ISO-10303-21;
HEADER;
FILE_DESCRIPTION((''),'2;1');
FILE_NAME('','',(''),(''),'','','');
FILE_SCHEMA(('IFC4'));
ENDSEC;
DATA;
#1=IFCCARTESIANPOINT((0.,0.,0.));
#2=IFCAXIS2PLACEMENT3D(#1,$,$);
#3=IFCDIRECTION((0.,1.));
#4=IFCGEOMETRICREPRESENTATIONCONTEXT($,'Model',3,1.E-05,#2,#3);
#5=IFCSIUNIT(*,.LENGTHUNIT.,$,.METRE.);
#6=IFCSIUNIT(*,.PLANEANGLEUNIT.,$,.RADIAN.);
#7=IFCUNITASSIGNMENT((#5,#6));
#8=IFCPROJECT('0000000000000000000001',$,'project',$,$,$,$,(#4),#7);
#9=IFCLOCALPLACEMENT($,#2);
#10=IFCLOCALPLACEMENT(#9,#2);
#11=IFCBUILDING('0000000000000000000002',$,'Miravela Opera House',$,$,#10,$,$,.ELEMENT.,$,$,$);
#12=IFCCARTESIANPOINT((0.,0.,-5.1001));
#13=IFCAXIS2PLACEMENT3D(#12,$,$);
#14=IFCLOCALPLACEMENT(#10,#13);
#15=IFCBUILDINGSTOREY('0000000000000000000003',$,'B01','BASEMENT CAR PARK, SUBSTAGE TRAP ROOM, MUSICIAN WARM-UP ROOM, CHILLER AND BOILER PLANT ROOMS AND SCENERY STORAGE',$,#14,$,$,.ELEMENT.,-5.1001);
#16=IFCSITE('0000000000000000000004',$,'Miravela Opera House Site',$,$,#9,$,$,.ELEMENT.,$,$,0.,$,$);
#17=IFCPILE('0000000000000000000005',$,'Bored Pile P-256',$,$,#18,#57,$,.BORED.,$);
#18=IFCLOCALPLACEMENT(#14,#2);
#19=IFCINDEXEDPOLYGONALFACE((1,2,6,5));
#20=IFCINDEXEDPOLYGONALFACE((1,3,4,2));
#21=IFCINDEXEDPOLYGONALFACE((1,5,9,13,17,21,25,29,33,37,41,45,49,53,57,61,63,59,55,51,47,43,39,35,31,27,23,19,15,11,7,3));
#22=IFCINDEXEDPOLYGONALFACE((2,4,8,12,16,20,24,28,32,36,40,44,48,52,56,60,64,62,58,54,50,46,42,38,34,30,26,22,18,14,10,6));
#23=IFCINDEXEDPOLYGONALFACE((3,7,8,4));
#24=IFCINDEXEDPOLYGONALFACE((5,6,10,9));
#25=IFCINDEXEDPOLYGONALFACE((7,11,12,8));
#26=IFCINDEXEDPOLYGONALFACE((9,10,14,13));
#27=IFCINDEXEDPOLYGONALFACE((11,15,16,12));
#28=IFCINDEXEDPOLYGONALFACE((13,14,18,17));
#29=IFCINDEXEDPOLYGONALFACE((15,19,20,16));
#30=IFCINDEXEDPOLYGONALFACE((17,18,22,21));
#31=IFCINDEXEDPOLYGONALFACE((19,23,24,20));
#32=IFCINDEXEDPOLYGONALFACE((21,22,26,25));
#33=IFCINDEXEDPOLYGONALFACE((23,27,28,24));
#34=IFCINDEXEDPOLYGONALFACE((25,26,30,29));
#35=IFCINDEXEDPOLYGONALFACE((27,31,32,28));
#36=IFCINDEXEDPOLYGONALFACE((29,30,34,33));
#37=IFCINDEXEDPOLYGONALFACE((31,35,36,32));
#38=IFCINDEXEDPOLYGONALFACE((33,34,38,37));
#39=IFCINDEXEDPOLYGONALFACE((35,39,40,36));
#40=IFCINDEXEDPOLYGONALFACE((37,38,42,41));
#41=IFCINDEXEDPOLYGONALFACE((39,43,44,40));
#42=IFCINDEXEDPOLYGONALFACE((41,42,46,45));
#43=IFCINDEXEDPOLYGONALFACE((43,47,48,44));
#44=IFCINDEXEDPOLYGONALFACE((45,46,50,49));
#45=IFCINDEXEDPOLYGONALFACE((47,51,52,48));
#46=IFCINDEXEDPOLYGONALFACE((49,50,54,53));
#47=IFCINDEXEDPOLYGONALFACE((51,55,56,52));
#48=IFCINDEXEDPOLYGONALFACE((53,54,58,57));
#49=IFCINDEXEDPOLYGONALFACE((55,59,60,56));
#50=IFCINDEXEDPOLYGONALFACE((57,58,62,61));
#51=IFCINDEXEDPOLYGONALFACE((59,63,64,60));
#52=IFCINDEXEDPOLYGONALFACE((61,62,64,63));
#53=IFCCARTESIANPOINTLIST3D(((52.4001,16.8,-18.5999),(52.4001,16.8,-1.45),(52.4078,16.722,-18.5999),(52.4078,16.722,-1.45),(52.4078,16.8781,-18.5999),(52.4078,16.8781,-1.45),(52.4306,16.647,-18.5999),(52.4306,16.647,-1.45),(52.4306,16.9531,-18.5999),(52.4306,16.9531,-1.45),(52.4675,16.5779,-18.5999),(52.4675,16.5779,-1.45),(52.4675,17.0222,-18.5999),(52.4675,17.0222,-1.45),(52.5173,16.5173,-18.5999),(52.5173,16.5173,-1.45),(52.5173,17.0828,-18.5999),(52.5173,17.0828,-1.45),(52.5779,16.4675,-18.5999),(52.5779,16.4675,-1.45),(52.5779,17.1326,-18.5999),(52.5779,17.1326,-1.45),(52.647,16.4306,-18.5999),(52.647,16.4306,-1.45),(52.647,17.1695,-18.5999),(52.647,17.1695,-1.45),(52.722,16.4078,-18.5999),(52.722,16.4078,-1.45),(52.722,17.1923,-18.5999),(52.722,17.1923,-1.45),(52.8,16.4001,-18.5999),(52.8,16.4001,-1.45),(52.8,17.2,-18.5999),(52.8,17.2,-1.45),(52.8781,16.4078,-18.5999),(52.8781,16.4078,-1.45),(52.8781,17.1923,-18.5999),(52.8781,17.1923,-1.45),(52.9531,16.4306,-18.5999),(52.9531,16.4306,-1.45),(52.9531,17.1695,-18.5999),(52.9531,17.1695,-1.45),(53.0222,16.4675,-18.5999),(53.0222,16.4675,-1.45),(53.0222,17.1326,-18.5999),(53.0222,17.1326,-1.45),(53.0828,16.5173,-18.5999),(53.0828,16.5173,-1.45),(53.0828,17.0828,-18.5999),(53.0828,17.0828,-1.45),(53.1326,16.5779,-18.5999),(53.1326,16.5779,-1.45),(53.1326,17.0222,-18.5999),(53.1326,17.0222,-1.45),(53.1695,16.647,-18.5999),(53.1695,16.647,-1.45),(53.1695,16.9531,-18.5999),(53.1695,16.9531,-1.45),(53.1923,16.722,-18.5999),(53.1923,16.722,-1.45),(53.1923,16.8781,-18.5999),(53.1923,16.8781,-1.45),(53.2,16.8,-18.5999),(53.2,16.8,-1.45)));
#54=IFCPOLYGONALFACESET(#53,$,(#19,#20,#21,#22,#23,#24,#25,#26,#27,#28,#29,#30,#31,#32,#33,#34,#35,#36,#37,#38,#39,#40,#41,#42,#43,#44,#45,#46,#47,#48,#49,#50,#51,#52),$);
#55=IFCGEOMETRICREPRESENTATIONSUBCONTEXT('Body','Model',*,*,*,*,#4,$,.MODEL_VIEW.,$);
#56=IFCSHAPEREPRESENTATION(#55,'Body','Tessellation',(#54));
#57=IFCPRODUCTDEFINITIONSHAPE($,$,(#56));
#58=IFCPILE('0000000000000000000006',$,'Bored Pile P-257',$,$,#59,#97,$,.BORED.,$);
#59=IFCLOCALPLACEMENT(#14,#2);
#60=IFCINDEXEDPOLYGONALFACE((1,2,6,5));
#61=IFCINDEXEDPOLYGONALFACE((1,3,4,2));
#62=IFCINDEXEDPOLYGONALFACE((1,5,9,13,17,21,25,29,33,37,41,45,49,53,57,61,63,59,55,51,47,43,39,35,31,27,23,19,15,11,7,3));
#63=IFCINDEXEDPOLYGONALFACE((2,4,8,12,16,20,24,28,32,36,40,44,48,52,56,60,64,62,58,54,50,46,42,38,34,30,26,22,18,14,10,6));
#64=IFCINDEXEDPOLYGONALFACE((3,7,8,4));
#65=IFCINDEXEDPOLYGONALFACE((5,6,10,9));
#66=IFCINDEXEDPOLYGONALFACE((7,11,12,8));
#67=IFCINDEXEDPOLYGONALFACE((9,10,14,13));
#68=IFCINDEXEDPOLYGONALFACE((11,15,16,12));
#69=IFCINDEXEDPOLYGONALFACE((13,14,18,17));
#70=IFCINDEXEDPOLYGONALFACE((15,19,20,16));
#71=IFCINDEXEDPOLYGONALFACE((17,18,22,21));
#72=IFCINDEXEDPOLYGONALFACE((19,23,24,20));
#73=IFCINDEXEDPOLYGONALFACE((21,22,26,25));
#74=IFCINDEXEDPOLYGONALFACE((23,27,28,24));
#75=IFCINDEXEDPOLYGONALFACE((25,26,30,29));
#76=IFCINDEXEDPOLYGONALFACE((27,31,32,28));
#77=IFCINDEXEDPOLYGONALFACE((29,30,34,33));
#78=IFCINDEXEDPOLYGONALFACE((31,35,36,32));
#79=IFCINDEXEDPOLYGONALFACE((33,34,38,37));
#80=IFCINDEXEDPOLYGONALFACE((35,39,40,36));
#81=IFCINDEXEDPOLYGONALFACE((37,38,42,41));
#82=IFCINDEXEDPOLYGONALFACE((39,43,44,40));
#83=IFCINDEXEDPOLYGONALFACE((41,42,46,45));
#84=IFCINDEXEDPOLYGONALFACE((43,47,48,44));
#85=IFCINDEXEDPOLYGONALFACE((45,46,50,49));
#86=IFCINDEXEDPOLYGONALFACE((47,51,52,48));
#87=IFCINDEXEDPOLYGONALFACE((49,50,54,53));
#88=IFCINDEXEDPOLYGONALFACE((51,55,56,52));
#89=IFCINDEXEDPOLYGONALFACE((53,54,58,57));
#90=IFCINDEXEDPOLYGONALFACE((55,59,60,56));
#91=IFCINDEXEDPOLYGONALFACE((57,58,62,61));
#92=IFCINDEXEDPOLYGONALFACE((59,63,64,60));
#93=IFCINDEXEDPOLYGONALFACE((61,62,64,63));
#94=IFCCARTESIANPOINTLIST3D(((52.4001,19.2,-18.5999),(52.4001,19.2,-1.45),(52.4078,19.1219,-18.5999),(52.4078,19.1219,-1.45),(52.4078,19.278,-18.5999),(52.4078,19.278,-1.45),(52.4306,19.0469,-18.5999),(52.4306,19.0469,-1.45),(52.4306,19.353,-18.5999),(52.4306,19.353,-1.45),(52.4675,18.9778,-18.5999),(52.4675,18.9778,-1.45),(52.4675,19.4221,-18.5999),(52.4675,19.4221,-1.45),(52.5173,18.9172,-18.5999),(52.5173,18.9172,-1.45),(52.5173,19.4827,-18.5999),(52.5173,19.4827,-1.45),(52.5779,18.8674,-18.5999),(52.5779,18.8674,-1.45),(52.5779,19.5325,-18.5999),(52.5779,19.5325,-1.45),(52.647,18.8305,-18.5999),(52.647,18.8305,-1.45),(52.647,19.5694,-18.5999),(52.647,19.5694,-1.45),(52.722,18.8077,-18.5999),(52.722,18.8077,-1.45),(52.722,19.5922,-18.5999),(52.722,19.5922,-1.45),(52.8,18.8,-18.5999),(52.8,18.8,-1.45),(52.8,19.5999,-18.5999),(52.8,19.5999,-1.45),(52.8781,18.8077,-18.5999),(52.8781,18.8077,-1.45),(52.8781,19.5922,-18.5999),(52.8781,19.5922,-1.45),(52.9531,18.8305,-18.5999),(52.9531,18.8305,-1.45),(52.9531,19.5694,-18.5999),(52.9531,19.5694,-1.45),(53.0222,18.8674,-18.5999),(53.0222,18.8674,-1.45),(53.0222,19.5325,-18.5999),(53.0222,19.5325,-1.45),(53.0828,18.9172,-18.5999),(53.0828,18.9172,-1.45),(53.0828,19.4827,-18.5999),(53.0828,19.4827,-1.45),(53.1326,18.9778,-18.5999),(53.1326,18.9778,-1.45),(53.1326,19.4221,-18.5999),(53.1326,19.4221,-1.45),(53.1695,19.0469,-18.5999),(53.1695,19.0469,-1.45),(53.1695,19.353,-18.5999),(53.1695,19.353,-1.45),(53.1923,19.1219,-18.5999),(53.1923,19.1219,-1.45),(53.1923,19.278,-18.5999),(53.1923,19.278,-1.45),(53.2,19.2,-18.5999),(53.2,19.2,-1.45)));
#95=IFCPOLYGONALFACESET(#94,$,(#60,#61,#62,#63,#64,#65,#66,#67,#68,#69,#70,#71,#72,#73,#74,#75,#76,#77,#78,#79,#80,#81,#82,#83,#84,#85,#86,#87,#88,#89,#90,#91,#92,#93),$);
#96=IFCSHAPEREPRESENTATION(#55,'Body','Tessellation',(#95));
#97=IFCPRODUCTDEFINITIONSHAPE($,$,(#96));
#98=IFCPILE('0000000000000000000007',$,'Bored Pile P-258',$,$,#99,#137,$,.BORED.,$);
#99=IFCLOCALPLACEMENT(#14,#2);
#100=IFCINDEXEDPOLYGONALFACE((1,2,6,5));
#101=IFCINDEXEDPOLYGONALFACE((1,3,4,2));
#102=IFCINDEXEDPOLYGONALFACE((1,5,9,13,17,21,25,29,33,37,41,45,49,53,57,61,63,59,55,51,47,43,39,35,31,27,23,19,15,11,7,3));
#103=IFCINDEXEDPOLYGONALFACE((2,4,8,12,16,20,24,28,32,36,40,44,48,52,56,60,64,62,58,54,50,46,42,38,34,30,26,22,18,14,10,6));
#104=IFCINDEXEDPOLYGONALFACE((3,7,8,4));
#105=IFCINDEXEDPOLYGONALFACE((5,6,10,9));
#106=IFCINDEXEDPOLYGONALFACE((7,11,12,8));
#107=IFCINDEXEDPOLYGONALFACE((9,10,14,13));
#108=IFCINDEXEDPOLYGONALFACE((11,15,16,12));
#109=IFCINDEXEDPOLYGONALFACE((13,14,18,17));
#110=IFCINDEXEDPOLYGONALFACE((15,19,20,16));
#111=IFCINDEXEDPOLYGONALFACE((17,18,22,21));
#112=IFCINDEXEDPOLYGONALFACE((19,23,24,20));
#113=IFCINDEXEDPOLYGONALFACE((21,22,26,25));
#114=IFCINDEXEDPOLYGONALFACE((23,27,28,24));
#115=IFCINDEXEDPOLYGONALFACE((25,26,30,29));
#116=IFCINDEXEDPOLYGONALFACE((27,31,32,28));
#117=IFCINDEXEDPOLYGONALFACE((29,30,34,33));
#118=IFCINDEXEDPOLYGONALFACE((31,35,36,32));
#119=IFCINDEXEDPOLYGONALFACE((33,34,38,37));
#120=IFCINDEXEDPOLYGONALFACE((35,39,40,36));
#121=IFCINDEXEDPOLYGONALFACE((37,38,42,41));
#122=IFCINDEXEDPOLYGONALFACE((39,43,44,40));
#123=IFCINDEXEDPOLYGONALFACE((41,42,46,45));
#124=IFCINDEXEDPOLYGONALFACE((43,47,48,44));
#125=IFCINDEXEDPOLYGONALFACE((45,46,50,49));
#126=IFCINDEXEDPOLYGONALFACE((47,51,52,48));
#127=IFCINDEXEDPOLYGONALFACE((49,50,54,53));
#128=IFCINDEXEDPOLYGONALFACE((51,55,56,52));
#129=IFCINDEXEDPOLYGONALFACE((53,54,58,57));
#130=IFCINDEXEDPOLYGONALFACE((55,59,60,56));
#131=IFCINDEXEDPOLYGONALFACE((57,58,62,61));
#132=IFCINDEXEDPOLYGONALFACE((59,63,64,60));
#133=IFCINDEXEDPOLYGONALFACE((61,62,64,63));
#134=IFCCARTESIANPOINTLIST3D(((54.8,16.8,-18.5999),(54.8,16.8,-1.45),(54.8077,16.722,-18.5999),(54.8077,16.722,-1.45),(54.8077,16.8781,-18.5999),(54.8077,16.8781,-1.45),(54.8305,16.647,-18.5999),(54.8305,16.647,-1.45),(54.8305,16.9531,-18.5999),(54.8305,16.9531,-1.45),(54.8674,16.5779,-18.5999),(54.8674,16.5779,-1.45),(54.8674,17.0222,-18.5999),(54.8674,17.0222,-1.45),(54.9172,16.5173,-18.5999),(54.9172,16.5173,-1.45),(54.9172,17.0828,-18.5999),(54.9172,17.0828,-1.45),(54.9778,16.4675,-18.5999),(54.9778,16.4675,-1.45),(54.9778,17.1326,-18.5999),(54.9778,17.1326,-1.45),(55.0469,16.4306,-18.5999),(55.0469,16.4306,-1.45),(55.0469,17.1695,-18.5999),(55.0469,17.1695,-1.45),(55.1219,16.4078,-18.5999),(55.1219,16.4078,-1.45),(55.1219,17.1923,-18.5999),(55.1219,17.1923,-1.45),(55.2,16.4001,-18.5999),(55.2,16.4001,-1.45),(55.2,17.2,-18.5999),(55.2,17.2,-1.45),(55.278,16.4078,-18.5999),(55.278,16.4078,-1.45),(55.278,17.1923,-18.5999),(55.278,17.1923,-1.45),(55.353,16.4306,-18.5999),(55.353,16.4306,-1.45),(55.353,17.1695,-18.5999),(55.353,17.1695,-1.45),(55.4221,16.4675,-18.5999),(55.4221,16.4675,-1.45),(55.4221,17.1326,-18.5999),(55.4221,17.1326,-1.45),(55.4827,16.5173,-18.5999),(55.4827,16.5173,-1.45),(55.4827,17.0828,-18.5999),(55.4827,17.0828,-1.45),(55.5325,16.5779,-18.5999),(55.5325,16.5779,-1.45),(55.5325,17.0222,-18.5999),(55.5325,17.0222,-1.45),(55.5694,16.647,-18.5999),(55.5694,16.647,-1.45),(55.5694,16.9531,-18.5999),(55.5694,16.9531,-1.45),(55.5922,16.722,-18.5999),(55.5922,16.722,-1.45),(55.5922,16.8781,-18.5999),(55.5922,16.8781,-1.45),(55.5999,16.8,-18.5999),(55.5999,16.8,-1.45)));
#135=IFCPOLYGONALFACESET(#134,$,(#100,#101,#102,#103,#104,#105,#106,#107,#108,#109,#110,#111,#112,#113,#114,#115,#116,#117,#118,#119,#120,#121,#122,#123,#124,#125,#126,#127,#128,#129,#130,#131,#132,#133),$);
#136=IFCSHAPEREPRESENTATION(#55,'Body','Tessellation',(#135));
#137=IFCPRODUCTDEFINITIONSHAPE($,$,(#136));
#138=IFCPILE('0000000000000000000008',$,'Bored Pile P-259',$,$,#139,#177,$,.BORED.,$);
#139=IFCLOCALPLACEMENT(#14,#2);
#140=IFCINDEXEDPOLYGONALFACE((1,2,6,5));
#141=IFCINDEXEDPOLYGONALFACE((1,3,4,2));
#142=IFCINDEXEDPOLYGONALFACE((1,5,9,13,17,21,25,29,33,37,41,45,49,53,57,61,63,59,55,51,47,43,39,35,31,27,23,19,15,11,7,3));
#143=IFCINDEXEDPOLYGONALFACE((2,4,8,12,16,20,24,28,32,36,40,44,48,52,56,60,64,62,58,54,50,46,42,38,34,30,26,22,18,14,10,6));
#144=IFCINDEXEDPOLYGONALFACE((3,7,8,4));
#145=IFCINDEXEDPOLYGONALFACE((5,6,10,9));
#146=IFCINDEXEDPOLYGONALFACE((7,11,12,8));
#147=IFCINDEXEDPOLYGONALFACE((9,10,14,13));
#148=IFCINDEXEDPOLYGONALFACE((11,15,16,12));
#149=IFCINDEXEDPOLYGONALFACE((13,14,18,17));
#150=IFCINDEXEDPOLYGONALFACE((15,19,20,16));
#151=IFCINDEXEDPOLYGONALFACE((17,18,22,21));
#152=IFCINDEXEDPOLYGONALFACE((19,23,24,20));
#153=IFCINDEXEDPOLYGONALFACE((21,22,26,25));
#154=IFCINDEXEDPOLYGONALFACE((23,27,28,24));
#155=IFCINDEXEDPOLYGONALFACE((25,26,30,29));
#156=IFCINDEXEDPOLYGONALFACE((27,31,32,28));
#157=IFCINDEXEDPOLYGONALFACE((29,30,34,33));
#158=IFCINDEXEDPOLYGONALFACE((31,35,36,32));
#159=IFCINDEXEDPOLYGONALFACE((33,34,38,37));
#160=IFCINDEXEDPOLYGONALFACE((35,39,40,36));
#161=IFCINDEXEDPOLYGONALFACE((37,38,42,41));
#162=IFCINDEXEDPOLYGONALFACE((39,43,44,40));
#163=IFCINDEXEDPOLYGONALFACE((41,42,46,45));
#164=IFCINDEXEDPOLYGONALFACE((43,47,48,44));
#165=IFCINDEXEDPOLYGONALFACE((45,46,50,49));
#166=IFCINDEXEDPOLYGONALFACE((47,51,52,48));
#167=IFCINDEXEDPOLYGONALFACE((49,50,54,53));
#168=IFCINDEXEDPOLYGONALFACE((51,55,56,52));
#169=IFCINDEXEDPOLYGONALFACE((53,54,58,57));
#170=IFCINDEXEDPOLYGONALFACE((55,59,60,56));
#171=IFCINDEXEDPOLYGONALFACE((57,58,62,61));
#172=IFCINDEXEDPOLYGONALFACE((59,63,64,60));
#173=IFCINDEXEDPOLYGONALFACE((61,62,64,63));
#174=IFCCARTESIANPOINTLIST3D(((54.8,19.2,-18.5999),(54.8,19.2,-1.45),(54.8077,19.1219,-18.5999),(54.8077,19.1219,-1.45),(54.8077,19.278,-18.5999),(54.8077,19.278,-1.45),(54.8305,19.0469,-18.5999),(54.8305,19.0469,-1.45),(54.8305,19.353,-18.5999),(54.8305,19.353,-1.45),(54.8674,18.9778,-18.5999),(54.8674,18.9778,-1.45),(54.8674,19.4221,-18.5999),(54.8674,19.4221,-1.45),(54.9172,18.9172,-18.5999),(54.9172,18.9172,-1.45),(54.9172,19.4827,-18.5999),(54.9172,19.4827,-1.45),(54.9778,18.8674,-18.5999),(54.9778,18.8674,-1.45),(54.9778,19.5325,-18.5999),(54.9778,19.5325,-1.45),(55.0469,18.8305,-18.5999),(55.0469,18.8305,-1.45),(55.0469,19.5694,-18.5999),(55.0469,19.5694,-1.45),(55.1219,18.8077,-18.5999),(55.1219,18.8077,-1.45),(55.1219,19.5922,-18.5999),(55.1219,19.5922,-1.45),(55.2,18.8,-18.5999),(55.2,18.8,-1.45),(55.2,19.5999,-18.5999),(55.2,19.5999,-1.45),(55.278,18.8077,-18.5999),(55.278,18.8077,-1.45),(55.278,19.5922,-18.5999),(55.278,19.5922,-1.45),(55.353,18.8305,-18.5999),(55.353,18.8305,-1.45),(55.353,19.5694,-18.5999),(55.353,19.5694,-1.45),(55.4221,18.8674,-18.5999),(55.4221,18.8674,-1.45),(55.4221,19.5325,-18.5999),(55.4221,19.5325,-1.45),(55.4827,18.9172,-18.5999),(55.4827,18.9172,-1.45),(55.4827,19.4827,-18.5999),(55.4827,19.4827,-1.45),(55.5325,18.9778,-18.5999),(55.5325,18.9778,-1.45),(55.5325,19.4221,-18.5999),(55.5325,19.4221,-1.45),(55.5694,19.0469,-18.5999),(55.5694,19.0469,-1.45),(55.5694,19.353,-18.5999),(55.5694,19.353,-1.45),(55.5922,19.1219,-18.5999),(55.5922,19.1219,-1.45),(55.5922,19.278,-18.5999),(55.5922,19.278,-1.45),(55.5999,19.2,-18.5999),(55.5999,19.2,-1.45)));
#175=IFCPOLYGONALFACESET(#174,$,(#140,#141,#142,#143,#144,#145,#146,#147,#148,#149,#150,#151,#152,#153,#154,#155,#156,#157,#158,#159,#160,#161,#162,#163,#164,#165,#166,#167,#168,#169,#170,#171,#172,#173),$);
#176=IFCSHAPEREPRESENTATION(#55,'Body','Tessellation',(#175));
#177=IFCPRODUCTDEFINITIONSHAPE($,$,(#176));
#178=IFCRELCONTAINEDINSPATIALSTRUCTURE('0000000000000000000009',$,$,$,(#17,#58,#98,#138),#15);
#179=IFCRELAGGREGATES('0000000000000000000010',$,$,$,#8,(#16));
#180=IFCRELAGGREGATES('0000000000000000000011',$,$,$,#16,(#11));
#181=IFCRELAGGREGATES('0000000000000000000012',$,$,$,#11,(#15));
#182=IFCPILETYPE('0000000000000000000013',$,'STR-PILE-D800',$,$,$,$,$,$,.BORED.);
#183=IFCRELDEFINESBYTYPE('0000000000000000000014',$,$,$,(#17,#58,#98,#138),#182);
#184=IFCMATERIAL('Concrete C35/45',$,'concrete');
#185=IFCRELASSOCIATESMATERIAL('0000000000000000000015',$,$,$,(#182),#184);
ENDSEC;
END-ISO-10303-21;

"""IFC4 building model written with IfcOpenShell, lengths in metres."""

from ifc_helpers import new_model, si_unit, direction, frame, origin, origin_2d, place, context, subcontext, project, spatial, circle, extrude, material, material_profile, profile_set, type_object, element, save


model = new_model("IFC4")

# Units and contexts
model_context = context("Model", 3, precision=1e-05, world=origin(), true_north=direction((0.0, 1.0)))
body_context = subcontext(model_context, "Body", "Model", "MODEL_VIEW")
ifc_project = project(units=[si_unit("LENGTHUNIT", "METRE"), si_unit("PLANEANGLEUNIT", "RADIAN")], contexts=[model_context])

# Site, building, storey
site_placement = place(None, origin())
site = spatial("IfcSite", under=ifc_project, at=site_placement, Name="Miravela Opera House Site", CompositionType="ELEMENT", RefElevation=0.0)
building_placement = place(site_placement, origin())
building = spatial("IfcBuilding", under=site, at=building_placement, Name="Miravela Opera House", CompositionType="ELEMENT")
storey_placement = place(building_placement, frame((0.0, 0.0, -5.1001)))
storey = spatial("IfcBuildingStorey", under=building, at=storey_placement, Name="B01", Description="BASEMENT CAR PARK, SUBSTAGE TRAP ROOM, MUSICIAN WARM-UP ROOM, CHILLER AND BOILER PLANT ROOMS AND SCENERY STORAGE", CompositionType="ELEMENT", Elevation=-5.1001)

# Shared definitions
ifc_material_1 = material(Name="Concrete C35/45", Category="concrete")

# Piles
ifc_material_profile_1 = material_profile(ifc_material_1, circle(Radius=0.3999, at=origin_2d()), Name="PILE-D800")
ifc_profile_set_1 = profile_set([ifc_material_profile_1])
pile_type_1 = type_object("IfcPileType", Name="STR-PILE-D800", PredefinedType="BORED", material=ifc_profile_set_1)
for number, where, z_axis, x_axis, name in (
    (1, (52.8, 16.8, -1.45), (0.0, 0.0, -1.0), (1.0, 0.0, 0.0), "Bored Pile P-256"),
    (2, (52.8, 19.2, -1.45), (0.0, 0.0, -1.0), (1.0, 0.0, 0.0), "Bored Pile P-257"),
    (3, (55.2, 16.8, -1.45), (0.0, 0.0, -1.0), (1.0, 0.0, 0.0), "Bored Pile P-258"),
    (4, (55.2, 19.2, -1.45), (0.0, 0.0, -1.0), (1.0, 0.0, 0.0), "Bored Pile P-259"),
):
    element("IfcPile", number, at=place(storey_placement, frame(where, z_axis=z_axis, x_axis=x_axis)), inside=storey, type_object=pile_type_1, Name=name, PredefinedType="BORED", context=body_context, shape_type="SweptSolid", body=[
        extrude(circle(Radius=0.3999, at=origin_2d()), origin(), (0.0, 0.0, 1.0), 17.1499),
    ])

save(model, "model.ifc")
